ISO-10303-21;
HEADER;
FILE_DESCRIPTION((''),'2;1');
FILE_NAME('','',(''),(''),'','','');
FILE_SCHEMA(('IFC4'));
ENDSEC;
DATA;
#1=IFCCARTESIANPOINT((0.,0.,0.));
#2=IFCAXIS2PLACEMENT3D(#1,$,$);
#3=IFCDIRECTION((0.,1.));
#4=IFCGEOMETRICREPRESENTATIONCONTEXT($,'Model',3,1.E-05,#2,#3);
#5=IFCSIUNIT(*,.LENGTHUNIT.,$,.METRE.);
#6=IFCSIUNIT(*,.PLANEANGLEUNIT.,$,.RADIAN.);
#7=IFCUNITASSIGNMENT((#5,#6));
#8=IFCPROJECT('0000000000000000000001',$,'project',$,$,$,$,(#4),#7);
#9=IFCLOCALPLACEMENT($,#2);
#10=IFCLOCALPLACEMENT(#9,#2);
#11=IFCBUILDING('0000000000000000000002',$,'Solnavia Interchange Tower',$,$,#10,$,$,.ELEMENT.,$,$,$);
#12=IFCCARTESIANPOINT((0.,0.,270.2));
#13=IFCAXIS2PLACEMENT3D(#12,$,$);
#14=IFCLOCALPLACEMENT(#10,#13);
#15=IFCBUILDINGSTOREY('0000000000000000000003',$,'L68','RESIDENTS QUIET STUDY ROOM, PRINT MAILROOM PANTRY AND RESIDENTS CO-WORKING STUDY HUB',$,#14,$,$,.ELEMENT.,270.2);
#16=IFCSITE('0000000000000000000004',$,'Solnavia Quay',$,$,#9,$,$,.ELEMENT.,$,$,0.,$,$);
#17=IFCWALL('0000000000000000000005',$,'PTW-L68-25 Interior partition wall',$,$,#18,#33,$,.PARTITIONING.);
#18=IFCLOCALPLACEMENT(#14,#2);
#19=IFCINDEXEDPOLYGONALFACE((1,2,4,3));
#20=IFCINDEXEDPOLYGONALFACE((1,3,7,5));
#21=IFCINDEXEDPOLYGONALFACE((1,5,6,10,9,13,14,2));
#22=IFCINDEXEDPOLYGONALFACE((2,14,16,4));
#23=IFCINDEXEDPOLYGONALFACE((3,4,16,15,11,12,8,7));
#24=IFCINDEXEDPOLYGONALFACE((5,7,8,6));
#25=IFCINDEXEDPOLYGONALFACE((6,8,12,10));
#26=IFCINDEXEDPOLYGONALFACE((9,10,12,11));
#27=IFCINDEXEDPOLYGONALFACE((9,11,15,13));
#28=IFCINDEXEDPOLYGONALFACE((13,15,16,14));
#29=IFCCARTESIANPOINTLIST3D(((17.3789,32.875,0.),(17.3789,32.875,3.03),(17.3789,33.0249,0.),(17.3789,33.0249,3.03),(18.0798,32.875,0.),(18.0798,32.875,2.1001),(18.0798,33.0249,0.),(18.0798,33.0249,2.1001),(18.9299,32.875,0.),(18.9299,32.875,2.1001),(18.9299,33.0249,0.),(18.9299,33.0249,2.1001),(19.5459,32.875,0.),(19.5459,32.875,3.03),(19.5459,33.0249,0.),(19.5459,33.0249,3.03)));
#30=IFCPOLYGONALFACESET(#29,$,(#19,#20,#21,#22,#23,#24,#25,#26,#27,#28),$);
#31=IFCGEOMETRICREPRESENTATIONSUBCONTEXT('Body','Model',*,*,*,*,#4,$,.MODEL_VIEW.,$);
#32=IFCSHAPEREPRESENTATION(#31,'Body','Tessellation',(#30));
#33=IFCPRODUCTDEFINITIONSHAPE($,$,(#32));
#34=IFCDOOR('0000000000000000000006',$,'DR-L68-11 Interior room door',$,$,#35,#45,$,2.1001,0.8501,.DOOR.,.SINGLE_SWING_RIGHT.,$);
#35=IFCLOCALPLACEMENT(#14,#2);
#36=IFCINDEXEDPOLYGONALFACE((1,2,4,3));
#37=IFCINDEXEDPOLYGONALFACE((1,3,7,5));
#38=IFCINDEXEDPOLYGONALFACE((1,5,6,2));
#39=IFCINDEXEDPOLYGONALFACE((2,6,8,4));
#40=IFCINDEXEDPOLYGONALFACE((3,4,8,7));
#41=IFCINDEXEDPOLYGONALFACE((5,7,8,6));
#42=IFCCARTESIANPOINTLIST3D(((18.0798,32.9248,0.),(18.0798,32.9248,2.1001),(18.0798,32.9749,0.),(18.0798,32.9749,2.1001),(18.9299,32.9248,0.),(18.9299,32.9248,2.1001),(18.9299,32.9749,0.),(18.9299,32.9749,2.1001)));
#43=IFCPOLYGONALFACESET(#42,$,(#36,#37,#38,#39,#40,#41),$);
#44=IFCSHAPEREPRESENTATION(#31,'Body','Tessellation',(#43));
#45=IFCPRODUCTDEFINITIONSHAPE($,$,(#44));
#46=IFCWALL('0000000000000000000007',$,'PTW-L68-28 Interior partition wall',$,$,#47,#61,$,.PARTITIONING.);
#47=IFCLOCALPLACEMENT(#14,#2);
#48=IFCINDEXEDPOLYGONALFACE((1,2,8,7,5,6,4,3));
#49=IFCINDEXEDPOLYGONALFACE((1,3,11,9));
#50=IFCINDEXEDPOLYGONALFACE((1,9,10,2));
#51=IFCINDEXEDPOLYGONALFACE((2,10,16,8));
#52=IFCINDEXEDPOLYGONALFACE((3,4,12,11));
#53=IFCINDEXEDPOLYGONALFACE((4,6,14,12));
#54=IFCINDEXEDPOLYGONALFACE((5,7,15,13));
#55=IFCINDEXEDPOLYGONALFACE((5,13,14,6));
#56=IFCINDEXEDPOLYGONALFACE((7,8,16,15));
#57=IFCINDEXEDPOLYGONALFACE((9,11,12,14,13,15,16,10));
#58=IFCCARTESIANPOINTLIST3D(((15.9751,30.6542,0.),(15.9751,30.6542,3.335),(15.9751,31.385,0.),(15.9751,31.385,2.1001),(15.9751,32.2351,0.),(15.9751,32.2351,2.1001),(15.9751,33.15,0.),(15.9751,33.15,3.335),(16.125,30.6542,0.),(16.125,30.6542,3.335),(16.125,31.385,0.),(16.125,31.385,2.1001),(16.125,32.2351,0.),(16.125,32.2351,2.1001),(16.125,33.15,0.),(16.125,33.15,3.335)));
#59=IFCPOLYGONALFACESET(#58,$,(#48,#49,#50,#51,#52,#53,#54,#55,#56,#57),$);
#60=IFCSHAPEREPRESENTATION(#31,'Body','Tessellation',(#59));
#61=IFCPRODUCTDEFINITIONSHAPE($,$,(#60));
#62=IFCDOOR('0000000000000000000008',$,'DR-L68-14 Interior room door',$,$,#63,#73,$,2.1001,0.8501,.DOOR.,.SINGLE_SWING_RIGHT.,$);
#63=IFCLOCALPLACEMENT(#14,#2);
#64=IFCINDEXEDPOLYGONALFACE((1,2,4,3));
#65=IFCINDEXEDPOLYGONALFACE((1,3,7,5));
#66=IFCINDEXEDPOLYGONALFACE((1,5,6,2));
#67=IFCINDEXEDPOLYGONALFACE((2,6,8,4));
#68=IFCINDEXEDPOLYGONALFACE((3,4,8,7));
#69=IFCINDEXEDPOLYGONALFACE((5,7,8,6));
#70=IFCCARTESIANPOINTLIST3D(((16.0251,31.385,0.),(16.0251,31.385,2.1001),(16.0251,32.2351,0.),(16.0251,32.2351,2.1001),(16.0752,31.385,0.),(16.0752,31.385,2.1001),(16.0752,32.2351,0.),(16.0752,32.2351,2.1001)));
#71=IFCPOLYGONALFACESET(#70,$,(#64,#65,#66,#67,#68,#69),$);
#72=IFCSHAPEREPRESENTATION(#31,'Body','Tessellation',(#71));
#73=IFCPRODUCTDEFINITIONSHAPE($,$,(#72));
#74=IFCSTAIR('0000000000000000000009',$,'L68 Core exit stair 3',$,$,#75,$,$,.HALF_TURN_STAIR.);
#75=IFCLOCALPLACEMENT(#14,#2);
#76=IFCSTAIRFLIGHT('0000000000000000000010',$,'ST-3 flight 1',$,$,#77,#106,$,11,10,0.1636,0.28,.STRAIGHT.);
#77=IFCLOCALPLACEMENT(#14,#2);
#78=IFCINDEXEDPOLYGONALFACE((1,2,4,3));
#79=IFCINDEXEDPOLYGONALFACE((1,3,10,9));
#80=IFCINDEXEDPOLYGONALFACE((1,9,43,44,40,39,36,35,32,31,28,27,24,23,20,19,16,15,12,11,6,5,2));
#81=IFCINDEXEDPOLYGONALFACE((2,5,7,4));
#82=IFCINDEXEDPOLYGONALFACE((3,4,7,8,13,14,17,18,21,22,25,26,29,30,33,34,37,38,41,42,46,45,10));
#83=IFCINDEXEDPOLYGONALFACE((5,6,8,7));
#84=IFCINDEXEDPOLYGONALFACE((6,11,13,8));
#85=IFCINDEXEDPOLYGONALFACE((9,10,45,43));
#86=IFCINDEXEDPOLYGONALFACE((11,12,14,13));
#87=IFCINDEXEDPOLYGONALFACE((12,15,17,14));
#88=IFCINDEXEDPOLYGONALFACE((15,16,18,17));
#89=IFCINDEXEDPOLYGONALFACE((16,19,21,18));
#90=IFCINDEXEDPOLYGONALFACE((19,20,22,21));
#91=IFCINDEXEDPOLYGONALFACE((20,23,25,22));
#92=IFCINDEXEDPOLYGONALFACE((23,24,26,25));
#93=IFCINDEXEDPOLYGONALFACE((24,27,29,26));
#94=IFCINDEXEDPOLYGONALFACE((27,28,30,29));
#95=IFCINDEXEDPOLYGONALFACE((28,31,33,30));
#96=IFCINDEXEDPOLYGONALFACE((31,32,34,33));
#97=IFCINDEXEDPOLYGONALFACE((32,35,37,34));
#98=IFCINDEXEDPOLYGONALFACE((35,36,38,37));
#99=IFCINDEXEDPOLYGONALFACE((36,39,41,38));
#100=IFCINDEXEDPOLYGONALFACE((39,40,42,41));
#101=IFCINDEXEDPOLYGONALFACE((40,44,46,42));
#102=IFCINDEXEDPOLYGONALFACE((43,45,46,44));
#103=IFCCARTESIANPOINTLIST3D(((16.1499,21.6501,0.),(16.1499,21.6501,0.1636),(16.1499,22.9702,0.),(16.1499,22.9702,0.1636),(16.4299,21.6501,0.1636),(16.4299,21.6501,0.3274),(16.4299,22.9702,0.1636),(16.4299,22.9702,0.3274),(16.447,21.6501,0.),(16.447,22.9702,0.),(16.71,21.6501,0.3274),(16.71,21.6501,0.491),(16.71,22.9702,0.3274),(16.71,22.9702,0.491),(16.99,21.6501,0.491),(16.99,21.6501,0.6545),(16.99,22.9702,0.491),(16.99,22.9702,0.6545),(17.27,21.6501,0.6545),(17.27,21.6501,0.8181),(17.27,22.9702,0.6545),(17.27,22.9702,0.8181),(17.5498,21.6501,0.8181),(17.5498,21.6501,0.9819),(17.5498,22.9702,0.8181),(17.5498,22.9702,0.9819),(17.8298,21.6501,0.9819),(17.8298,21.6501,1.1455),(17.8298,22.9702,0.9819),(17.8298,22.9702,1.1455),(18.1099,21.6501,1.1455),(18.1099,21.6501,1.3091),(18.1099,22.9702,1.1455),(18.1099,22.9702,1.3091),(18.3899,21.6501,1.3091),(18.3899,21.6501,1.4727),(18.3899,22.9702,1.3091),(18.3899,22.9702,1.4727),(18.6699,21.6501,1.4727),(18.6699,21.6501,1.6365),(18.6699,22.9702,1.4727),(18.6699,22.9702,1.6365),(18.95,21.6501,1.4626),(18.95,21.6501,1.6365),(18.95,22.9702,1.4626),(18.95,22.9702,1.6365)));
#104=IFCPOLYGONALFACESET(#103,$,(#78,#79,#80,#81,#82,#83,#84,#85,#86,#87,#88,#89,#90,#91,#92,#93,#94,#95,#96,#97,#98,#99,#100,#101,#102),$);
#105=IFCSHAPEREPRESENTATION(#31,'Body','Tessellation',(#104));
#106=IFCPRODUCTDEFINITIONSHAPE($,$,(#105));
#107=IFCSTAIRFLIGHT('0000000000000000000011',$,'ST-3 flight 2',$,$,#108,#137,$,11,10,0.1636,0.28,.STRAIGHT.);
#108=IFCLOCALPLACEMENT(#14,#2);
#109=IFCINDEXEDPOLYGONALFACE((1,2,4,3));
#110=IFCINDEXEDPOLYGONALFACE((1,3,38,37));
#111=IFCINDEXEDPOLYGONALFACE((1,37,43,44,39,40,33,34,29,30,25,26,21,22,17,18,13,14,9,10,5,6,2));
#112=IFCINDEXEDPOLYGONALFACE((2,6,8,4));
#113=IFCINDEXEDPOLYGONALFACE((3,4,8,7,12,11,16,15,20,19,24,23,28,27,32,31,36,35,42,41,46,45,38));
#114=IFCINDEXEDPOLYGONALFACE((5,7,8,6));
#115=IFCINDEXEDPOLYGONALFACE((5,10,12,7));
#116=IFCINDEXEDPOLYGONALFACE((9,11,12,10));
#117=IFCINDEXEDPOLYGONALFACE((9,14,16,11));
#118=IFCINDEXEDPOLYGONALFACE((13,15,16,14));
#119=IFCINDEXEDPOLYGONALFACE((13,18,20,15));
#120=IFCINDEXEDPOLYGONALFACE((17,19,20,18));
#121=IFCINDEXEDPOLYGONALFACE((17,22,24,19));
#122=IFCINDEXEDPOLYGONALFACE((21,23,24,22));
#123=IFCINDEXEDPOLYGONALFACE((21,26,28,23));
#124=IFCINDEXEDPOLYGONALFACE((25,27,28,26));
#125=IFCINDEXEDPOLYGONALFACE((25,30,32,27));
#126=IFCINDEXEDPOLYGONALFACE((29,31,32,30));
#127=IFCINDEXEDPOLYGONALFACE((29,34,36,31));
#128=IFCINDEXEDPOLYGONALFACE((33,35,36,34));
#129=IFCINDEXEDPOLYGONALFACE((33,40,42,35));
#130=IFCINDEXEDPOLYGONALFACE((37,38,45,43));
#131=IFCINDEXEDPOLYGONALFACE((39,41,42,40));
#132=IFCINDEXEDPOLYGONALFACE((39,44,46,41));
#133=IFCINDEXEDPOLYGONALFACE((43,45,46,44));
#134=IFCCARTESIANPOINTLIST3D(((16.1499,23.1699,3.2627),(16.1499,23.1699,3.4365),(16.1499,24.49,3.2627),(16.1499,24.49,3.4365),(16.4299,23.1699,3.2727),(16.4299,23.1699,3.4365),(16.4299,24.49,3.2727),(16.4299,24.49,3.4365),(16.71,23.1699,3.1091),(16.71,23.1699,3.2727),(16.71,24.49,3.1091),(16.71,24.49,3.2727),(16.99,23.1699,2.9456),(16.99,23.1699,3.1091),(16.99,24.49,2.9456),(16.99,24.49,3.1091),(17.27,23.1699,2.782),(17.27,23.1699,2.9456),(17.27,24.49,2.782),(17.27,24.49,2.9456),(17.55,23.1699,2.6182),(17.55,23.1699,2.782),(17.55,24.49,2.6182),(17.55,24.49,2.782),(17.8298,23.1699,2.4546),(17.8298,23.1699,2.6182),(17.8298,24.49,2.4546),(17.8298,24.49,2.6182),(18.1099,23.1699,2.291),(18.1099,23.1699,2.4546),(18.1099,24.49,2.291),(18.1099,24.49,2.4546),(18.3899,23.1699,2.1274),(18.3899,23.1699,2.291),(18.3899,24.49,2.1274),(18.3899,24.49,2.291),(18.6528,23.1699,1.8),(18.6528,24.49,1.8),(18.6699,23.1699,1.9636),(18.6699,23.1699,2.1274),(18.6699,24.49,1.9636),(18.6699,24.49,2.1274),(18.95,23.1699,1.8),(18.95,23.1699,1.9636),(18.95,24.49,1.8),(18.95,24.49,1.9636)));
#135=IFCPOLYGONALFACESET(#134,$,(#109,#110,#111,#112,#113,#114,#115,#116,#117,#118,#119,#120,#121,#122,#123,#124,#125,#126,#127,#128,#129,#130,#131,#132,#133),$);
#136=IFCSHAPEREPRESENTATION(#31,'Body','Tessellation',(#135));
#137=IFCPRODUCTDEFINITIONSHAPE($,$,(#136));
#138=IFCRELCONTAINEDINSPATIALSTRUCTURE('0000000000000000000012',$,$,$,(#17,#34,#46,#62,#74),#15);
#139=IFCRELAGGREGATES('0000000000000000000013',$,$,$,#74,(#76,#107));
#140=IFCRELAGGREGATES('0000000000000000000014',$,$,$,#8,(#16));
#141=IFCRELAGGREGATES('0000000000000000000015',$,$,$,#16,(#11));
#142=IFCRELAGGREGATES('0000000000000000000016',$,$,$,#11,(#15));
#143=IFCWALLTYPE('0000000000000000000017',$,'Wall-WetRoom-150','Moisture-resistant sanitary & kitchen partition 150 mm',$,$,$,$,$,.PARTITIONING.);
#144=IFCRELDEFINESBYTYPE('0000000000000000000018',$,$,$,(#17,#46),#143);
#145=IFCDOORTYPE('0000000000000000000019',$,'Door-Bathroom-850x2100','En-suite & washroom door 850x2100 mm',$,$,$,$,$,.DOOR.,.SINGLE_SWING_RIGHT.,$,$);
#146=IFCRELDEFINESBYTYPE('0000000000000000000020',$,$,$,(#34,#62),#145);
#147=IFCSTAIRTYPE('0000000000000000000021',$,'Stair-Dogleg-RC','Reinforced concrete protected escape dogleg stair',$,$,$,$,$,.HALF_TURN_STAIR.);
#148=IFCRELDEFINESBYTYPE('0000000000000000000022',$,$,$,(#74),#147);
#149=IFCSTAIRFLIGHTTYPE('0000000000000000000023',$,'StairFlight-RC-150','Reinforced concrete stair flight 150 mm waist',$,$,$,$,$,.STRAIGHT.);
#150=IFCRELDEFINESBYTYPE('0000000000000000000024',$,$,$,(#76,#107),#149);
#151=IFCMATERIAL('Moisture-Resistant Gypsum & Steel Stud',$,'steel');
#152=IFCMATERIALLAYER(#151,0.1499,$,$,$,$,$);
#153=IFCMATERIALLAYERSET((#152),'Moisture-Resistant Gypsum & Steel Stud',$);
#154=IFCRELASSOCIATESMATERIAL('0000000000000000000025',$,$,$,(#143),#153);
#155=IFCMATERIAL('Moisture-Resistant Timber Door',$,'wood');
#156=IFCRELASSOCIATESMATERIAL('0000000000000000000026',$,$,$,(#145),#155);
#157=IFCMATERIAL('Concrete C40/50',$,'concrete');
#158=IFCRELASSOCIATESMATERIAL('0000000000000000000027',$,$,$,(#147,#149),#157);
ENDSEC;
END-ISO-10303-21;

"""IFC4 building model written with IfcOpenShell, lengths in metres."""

from ifc_helpers import new_model, si_unit, direction, frame, frame_2d, origin, place, context, subcontext, project, spatial, polyline, rectangle, outline, extrude, material, layer, layer_set, type_object, element, fill, aggregate, save


model = new_model("IFC4")

# Units and contexts
model_context = context("Model", 3, precision=1e-05, world=origin(), true_north=direction((0.0, 1.0)))
body_context = subcontext(model_context, "Body", "Model", "MODEL_VIEW")
ifc_project = project(units=[si_unit("LENGTHUNIT", "METRE"), si_unit("PLANEANGLEUNIT", "RADIAN")], contexts=[model_context])

# Site, building, storey
site_placement = place(None, origin())
site = spatial("IfcSite", under=ifc_project, at=site_placement, Name="Solnavia Quay", CompositionType="ELEMENT", RefElevation=0.0)
building_placement = place(site_placement, origin())
building = spatial("IfcBuilding", under=site, at=building_placement, Name="Solnavia Interchange Tower", CompositionType="ELEMENT")
storey_placement = place(building_placement, frame((0.0, 0.0, 270.2)))
storey = spatial("IfcBuildingStorey", under=building, at=storey_placement, Name="L68", Description="RESIDENTS QUIET STUDY ROOM, PRINT MAILROOM PANTRY AND RESIDENTS CO-WORKING STUDY HUB", CompositionType="ELEMENT", Elevation=270.2)

# Shared definitions
ifc_material_1 = material(Name="Concrete C40/50", Category="concrete")

# Shared definitions
ifc_material_2 = material(Name="Moisture-Resistant Gypsum & Steel Stud", Category="steel")
ifc_layer_1 = layer(ifc_material_2, 0.1499)
ifc_layer_set_1 = layer_set([ifc_layer_1], Name="Moisture-Resistant Gypsum & Steel Stud")
wall_type_1 = type_object("IfcWallType", Name="Wall-WetRoom-150", Description="Moisture-resistant sanitary & kitchen partition 150 mm", PredefinedType="PARTITIONING", material=ifc_layer_set_1)

# Walls, openings, doors
wall_1_placement = place(storey_placement, frame((17.3789, 32.95, 0.0), z_axis=(0.0, 0.0, 1.0), x_axis=(1.0, 0.0, 0.0)))
wall_1 = element("IfcWall", 1, at=wall_1_placement, inside=storey, type_object=wall_type_1, Name="PTW-L68-25 Interior partition wall", PredefinedType="PARTITIONING", context=body_context, shape_type="SweptSolid", body=[
    extrude(rectangle(XDim=2.167, YDim=0.1499, at=frame_2d((1.0835, 0.0))), origin(), (0.0, 0.0, 1.0), 3.03),
])
opening_1_placement = place(wall_1_placement, frame((0.7009, 0.0, 0.0)))
opening_1 = element("IfcOpeningElement", 2, at=opening_1_placement, cuts=wall_1, PredefinedType="OPENING", context=body_context, shape_type="SweptSolid", body=[
    extrude(rectangle(XDim=0.8501, YDim=2.1001, at=frame_2d((0.425, 1.05))), frame((0.0, 0.085, 0.0), z_axis=(0.0, -1.0, 0.0), x_axis=(1.0, 0.0, 0.0)), (0.0, 0.0, 1.0), 0.1699),
])
ifc_material_3 = material(Name="Moisture-Resistant Timber Door", Category="wood")
door_type_1 = type_object("IfcDoorType", Name="Door-Bathroom-850x2100", Description="En-suite & washroom door 850x2100 mm", OperationType="SINGLE_SWING_RIGHT", PredefinedType="DOOR", material=ifc_material_3)
door_1_placement = place(opening_1_placement, origin())
door_1 = element("IfcDoor", 3, at=door_1_placement, inside=storey, type_object=door_type_1, Name="DR-L68-11 Interior room door", OperationType="SINGLE_SWING_RIGHT", OverallHeight=2.1001, OverallWidth=0.8501, PredefinedType="DOOR", context=body_context, shape_type="SweptSolid", body=[
    extrude(rectangle(XDim=0.8501, YDim=2.1001, at=frame_2d((0.425, 1.05))), frame((0.0, 0.0249, 0.0), z_axis=(0.0, -1.0, 0.0), x_axis=(1.0, 0.0, 0.0)), (0.0, 0.0, 1.0), 0.05),
])
fill(opening_1, door_1)
wall_2_placement = place(storey_placement, frame((16.05, 30.6541, 0.0), z_axis=(0.0, 0.0, 1.0), x_axis=(0.0, 1.0, 0.0)))
wall_2 = element("IfcWall", 4, at=wall_2_placement, inside=storey, type_object=wall_type_1, Name="PTW-L68-28 Interior partition wall", PredefinedType="PARTITIONING", context=body_context, shape_type="SweptSolid", body=[
    extrude(rectangle(XDim=2.4958, YDim=0.1499, at=frame_2d((1.248, 0.0))), origin(), (0.0, 0.0, 1.0), 3.335),
])
opening_2_placement = place(wall_2_placement, frame((0.731, 0.0, 0.0)))
opening_2 = element("IfcOpeningElement", 5, at=opening_2_placement, cuts=wall_2, PredefinedType="OPENING", context=body_context, shape_type="SweptSolid", body=[
    extrude(rectangle(XDim=0.8501, YDim=2.1001, at=frame_2d((0.425, 1.05))), frame((0.0, 0.085, 0.0), z_axis=(0.0, -1.0, 0.0), x_axis=(1.0, 0.0, 0.0)), (0.0, 0.0, 1.0), 0.1699),
])
door_2_placement = place(opening_2_placement, origin())
door_2 = element("IfcDoor", 6, at=door_2_placement, inside=storey, type_object=door_type_1, Name="DR-L68-14 Interior room door", OperationType="SINGLE_SWING_RIGHT", OverallHeight=2.1001, OverallWidth=0.8501, PredefinedType="DOOR", context=body_context, shape_type="SweptSolid", body=[
    extrude(rectangle(XDim=0.8501, YDim=2.1001, at=frame_2d((0.425, 1.05))), frame((0.0, 0.0249, 0.0), z_axis=(0.0, -1.0, 0.0), x_axis=(1.0, 0.0, 0.0)), (0.0, 0.0, 1.0), 0.05),
])
fill(opening_2, door_2)

# Stair, stair flights
stair_type = type_object("IfcStairType", Name="Stair-Dogleg-RC", Description="Reinforced concrete protected escape dogleg stair", PredefinedType="HALF_TURN_STAIR", material=ifc_material_1)
stair_placement = place(storey_placement, origin())
stair = element("IfcStair", 7, at=stair_placement, inside=storey, type_object=stair_type, Name="L68 Core exit stair 3", PredefinedType="HALF_TURN_STAIR")
stair_flight_type = type_object("IfcStairFlightType", Name="StairFlight-RC-150", Description="Reinforced concrete stair flight 150 mm waist", PredefinedType="STRAIGHT", material=ifc_material_1)
stair_flight_1_placement = place(storey_placement, frame((16.1499, 22.3101, 0.0), z_axis=(0.0, 0.0, 1.0), x_axis=(1.0, 0.0, 0.0)))
stair_flight_1 = element("IfcStairFlight", 8, at=stair_flight_1_placement, type_object=stair_flight_type, Name="ST-3 flight 1", NumberOfRisers=11, NumberOfTreads=10, PredefinedType="STRAIGHT", RiserHeight=0.1636, TreadLength=0.28, context=body_context, shape_type="SweptSolid", body=[
    extrude(outline(polyline([(0.0, 0.0), (0.0, 0.1636), (0.28, 0.1636), (0.28, 0.3274), (0.5601, 0.3274), (0.5601, 0.491), (0.8401, 0.491), (0.8401, 0.6545), (1.1201, 0.6545), (1.1201, 0.8181), (1.3999, 0.8181), (1.3999, 0.9819), (1.6799, 0.9819), (1.6799, 1.1455), (1.96, 1.1455), (1.96, 1.3091), (2.24, 1.3091), (2.24, 1.4727), (2.52, 1.4727), (2.52, 1.6365), (2.8, 1.6365), (2.8, 1.8), (2.8, 1.4626), (0.2971, 0.0), (0.0, 0.0)])), frame((0.0, 0.6602, 0.0), z_axis=(0.0, -1.0, 0.0), x_axis=(1.0, 0.0, 0.0)), (0.0, 0.0, 1.0), 1.3201),
])
stair_flight_2_placement = place(storey_placement, frame((18.95, 23.8301, 1.8), z_axis=(0.0, 0.0, 1.0), x_axis=(-1.0, 0.0, 0.0)))
stair_flight_2 = element("IfcStairFlight", 9, at=stair_flight_2_placement, type_object=stair_flight_type, Name="ST-3 flight 2", NumberOfRisers=11, NumberOfTreads=10, PredefinedType="STRAIGHT", RiserHeight=0.1636, TreadLength=0.28, context=body_context, shape_type="SweptSolid", body=[
    extrude(outline(polyline([(0.0, 0.0), (0.0, 0.1636), (0.28, 0.1636), (0.28, 0.3274), (0.5601, 0.3274), (0.5601, 0.491), (0.8401, 0.491), (0.8401, 0.6545), (1.1201, 0.6545), (1.1201, 0.8181), (1.3999, 0.8181), (1.3999, 0.9819), (1.6799, 0.9819), (1.6799, 1.1455), (1.96, 1.1455), (1.96, 1.3091), (2.24, 1.3091), (2.24, 1.4727), (2.52, 1.4727), (2.52, 1.6365), (2.8, 1.6365), (2.8, 1.8), (2.8, 1.4626), (0.2971, 0.0), (0.0, 0.0)])), frame((0.0, 0.6602, 0.0), z_axis=(0.0, -1.0, 0.0), x_axis=(1.0, 0.0, 0.0)), (0.0, 0.0, 1.0), 1.3201),
])
aggregate(stair, [stair_flight_1, stair_flight_2])

save(model, "model.ifc")
